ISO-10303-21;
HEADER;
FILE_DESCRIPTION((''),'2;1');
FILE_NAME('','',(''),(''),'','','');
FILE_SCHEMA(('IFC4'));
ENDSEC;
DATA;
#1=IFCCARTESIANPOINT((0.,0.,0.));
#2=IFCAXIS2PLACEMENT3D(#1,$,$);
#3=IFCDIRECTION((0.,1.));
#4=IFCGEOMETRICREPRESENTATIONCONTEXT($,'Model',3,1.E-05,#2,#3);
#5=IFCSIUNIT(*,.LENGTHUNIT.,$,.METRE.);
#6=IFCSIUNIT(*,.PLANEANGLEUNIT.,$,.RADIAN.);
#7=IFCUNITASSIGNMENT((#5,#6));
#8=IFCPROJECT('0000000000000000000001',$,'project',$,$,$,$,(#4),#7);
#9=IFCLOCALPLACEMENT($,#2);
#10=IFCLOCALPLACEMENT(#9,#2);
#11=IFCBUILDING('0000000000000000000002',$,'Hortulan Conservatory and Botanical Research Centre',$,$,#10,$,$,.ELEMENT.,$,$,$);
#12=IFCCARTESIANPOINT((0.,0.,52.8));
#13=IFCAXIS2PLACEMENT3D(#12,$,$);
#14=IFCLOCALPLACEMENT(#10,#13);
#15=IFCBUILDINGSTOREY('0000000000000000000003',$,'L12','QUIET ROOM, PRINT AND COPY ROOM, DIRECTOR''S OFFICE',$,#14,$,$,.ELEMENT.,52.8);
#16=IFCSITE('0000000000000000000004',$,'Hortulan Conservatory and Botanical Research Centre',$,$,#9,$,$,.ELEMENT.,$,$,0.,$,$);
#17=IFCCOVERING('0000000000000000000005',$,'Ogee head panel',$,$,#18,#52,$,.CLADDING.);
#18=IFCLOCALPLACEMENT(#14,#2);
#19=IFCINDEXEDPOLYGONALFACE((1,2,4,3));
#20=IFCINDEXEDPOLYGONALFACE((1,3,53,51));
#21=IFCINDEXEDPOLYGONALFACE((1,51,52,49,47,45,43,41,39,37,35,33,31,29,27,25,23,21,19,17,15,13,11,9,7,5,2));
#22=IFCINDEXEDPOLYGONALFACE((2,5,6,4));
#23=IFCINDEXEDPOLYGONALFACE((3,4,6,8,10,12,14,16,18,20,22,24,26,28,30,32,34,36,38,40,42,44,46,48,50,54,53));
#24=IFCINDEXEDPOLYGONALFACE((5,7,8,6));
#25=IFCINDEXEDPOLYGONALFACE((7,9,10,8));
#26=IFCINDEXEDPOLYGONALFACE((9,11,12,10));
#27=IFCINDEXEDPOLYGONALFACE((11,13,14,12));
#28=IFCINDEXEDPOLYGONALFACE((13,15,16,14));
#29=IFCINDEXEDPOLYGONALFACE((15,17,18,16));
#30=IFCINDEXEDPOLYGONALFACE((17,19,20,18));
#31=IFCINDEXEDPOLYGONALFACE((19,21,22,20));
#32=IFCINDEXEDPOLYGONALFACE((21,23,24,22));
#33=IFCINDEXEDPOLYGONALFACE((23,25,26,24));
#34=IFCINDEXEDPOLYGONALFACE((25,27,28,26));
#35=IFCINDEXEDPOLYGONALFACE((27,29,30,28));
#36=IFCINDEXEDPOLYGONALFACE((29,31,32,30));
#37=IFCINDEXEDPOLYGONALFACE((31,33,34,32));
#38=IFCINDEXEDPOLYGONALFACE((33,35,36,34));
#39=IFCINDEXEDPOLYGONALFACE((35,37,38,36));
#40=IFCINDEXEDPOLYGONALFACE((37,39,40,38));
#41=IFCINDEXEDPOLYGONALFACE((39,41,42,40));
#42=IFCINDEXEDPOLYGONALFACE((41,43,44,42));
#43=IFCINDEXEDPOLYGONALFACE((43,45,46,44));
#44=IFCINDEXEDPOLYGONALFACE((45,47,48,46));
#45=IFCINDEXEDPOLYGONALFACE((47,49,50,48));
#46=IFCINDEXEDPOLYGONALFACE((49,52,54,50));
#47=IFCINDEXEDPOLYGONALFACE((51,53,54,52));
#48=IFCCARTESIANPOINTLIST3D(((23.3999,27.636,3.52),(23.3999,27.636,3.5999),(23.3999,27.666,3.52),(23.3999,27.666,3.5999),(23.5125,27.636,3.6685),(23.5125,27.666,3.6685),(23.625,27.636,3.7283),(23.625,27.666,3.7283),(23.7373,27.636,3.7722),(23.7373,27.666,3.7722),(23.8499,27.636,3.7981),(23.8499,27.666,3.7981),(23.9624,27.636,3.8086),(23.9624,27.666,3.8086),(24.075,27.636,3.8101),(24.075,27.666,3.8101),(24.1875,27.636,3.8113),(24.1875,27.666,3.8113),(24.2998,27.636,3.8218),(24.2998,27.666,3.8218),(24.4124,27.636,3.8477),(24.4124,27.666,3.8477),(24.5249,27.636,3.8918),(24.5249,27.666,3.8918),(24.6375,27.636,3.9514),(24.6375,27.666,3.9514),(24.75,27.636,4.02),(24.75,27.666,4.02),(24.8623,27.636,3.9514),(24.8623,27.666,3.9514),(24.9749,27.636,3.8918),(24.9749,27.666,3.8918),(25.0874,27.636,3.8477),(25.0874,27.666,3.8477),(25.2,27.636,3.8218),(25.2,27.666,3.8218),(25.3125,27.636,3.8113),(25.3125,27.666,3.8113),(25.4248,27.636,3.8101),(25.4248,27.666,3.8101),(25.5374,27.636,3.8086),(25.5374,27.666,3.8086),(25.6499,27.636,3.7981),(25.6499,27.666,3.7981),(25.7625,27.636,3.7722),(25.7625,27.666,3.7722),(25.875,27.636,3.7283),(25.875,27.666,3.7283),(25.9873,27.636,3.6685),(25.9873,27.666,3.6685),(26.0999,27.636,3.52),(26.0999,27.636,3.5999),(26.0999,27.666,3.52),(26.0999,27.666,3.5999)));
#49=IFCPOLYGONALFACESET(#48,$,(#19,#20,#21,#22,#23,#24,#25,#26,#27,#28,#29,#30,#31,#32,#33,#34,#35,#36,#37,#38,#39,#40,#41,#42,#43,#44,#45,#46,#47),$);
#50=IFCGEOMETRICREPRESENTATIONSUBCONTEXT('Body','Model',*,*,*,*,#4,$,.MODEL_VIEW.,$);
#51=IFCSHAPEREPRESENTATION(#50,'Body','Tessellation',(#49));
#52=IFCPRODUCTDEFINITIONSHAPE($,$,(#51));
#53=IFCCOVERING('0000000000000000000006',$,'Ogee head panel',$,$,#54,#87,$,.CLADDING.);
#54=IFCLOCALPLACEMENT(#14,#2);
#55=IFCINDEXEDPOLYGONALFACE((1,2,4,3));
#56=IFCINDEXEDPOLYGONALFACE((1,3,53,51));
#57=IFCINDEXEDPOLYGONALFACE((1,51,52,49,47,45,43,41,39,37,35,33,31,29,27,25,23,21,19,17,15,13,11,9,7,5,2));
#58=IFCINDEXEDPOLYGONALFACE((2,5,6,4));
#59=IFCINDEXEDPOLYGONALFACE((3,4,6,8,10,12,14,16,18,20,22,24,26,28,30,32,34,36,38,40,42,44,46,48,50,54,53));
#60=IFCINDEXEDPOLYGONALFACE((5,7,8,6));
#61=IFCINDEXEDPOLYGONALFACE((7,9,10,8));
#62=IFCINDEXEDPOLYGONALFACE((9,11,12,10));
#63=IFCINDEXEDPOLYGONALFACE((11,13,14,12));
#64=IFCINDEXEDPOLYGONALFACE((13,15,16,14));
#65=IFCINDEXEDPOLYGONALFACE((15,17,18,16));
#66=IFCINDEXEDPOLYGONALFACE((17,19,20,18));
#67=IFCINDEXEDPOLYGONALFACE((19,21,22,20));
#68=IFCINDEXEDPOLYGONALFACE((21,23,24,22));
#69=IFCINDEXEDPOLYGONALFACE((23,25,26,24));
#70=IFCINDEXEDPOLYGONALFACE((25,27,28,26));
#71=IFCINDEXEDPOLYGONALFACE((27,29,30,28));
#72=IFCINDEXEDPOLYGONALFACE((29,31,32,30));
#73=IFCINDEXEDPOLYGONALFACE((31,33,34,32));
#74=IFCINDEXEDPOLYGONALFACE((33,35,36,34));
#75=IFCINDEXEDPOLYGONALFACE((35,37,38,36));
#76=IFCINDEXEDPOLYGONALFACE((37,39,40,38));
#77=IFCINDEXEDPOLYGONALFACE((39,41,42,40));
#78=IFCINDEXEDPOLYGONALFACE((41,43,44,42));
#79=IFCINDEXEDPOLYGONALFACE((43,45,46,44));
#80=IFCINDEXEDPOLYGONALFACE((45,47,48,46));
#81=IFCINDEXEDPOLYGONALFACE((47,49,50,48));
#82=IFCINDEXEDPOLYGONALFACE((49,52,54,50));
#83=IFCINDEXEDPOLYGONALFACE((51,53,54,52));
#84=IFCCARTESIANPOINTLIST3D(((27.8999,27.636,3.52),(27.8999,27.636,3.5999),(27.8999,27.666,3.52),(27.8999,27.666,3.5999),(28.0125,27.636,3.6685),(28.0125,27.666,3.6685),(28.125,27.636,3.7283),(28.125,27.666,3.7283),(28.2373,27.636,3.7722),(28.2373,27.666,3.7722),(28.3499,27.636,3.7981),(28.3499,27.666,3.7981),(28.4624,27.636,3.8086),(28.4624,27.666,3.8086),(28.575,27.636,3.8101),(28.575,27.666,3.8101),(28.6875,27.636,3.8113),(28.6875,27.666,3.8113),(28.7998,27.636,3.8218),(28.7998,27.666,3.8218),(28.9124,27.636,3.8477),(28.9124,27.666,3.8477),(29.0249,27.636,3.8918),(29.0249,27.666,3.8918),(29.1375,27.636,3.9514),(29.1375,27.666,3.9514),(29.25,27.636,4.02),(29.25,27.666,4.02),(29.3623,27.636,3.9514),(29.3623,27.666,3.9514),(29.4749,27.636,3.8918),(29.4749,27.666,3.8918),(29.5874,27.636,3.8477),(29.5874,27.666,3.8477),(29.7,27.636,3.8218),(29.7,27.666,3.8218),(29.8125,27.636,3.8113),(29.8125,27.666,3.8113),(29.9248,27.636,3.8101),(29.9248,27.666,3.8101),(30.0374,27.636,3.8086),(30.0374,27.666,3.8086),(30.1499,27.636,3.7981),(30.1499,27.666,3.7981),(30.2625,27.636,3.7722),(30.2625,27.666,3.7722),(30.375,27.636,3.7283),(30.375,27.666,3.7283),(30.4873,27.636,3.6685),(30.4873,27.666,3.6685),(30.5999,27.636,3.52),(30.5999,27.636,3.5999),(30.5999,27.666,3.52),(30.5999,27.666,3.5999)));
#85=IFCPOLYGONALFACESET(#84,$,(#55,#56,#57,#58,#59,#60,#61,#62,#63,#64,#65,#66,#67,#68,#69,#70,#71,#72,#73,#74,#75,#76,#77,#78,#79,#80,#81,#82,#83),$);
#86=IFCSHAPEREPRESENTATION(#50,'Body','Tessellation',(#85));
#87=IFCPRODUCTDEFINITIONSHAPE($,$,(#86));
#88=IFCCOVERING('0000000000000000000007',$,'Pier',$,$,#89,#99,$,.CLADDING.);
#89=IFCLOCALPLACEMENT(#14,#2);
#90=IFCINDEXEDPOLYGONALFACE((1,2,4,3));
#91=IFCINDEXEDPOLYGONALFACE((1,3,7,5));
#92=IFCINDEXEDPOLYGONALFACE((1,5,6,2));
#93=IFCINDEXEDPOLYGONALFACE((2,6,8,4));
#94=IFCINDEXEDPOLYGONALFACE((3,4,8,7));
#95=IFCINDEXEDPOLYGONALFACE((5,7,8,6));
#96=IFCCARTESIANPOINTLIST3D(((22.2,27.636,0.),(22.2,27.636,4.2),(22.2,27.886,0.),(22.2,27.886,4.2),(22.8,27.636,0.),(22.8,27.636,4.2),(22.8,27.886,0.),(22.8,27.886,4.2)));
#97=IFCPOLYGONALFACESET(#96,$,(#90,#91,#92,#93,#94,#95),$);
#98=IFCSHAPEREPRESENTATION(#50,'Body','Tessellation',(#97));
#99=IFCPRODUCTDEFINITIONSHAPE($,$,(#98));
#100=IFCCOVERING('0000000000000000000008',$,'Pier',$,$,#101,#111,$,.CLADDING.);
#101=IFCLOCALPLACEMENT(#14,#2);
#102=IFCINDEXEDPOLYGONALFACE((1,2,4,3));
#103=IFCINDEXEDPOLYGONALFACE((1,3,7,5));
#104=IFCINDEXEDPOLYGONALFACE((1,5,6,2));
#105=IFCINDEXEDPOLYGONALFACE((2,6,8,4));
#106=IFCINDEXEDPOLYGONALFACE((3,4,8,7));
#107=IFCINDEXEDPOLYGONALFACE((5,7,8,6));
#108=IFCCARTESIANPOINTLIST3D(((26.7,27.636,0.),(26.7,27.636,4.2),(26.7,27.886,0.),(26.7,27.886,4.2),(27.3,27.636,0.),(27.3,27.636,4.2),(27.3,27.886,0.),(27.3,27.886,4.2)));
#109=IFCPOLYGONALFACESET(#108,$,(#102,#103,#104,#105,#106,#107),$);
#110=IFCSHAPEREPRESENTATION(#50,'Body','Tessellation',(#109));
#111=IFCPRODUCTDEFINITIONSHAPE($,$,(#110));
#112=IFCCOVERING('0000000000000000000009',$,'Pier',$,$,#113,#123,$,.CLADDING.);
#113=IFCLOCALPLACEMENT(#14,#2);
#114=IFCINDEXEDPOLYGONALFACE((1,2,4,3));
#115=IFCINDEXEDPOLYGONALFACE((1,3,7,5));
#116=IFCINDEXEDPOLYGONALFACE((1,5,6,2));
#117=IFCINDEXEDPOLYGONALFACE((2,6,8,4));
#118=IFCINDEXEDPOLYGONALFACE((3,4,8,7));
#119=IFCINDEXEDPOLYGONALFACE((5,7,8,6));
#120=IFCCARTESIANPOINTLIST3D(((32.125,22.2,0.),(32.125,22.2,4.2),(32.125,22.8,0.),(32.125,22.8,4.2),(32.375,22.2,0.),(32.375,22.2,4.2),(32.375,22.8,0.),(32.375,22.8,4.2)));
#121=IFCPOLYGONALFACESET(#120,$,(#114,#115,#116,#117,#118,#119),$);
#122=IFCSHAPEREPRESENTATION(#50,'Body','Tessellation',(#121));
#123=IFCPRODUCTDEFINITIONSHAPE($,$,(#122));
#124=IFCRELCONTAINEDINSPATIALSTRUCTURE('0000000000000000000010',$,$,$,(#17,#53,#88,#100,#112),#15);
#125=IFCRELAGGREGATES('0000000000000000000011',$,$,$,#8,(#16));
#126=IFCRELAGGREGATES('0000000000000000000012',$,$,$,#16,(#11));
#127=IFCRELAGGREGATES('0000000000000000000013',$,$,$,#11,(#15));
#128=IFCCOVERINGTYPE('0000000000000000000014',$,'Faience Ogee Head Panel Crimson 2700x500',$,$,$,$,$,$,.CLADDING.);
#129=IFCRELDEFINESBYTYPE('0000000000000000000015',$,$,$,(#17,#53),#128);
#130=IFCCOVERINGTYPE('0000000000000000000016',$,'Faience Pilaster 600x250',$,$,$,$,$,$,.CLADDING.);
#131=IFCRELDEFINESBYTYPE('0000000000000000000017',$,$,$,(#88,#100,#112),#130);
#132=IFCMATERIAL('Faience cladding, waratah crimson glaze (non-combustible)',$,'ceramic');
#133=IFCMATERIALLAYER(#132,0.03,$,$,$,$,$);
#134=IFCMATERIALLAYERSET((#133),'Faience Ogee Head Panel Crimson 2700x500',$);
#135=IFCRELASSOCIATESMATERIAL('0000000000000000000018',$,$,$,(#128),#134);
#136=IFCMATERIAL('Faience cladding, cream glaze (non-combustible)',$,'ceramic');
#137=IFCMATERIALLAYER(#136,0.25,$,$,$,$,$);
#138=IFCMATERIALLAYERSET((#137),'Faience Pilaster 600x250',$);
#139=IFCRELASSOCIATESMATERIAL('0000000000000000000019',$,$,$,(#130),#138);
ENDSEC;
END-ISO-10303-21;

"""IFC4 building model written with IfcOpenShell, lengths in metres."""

from ifc_helpers import new_model, si_unit, direction, frame, origin, origin_2d, place, context, subcontext, project, spatial, polyline, rectangle, outline, extrude, material, layer, layer_set, type_object, element, save


model = new_model("IFC4")

# Units and contexts
model_context = context("Model", 3, precision=1e-05, world=origin(), true_north=direction((0.0, 1.0)))
body_context = subcontext(model_context, "Body", "Model", "MODEL_VIEW")
ifc_project = project(units=[si_unit("LENGTHUNIT", "METRE"), si_unit("PLANEANGLEUNIT", "RADIAN")], contexts=[model_context])

# Site, building, storey
site_placement = place(None, origin())
site = spatial("IfcSite", under=ifc_project, at=site_placement, Name="Hortulan Conservatory and Botanical Research Centre", CompositionType="ELEMENT", RefElevation=0.0)
building_placement = place(site_placement, origin())
building = spatial("IfcBuilding", under=site, at=building_placement, Name="Hortulan Conservatory and Botanical Research Centre", CompositionType="ELEMENT")
storey_placement = place(building_placement, frame((0.0, 0.0, 52.8)))
storey = spatial("IfcBuildingStorey", under=building, at=storey_placement, Name="L12", Description="QUIET ROOM, PRINT AND COPY ROOM, DIRECTOR'S OFFICE", CompositionType="ELEMENT", Elevation=52.8)

# Coverings
ifc_material_1 = material(Name="Faience cladding, waratah crimson glaze (non-combustible)", Category="ceramic")
ifc_layer_1 = layer(ifc_material_1, 0.03)
ifc_layer_set_1 = layer_set([ifc_layer_1], Name="Faience Ogee Head Panel Crimson 2700x500")
covering_type_1 = type_object("IfcCoveringType", Name="Faience Ogee Head Panel Crimson 2700x500", PredefinedType="CLADDING", material=ifc_layer_set_1)
for number, where, z_axis, x_axis, name in (
    (1, (23.3999, 27.6509, 3.52), (0.0, 0.0, 1.0), (1.0, 0.0, 0.0), "Ogee head panel"),
    (2, (27.8999, 27.6509, 3.52), (0.0, 0.0, 1.0), (1.0, 0.0, 0.0), "Ogee head panel"),
):
    element("IfcCovering", number, at=place(storey_placement, frame(where, z_axis=z_axis, x_axis=x_axis)), inside=storey, type_object=covering_type_1, Name=name, PredefinedType="CLADDING", context=body_context, shape_type="SweptSolid", body=[
        extrude(outline(polyline([(0.0, 0.0), (2.7, 0.0), (2.7, 0.0798), (2.5874, 0.1484), (2.4751, 0.2083), (2.3625, 0.2522), (2.25, 0.2781), (2.1375, 0.2886), (2.0249, 0.29), (1.9126, 0.2913), (1.8, 0.3018), (1.6875, 0.3276), (1.575, 0.3718), (1.4624, 0.4314), (1.3501, 0.5), (1.2375, 0.4314), (1.125, 0.3718), (1.0125, 0.3276), (0.8999, 0.3018), (0.7876, 0.2913), (0.675, 0.29), (0.5625, 0.2886), (0.45, 0.2781), (0.3374, 0.2522), (0.2251, 0.2083), (0.1125, 0.1484), (0.0, 0.0798), (0.0, 0.0)])), frame((0.0, 0.0151, 0.0), z_axis=(0.0, -1.0, 0.0), x_axis=(1.0, 0.0, 0.0)), (0.0, 0.0, 1.0), 0.03),
    ])
ifc_material_2 = material(Name="Faience cladding, cream glaze (non-combustible)", Category="ceramic")
ifc_layer_2 = layer(ifc_material_2, 0.25)
ifc_layer_set_2 = layer_set([ifc_layer_2], Name="Faience Pilaster 600x250")
covering_type_2 = type_object("IfcCoveringType", Name="Faience Pilaster 600x250", PredefinedType="CLADDING", material=ifc_layer_set_2)
for number, where, z_axis, x_axis, name in (
    (3, (22.5, 27.761, 0.0), (0.0, 0.0, 1.0), (1.0, 0.0, 0.0), "Pier"),
    (4, (27.0, 27.761, 0.0), (0.0, 0.0, 1.0), (1.0, 0.0, 0.0), "Pier"),
    (5, (32.25, 22.5, 0.0), (0.0, 0.0, 1.0), (0.0, 1.0, 0.0), "Pier"),
):
    element("IfcCovering", number, at=place(storey_placement, frame(where, z_axis=z_axis, x_axis=x_axis)), inside=storey, type_object=covering_type_2, Name=name, PredefinedType="CLADDING", context=body_context, shape_type="SweptSolid", body=[
        extrude(rectangle(XDim=0.6001, YDim=0.25, at=origin_2d()), origin(), (0.0, 0.0, 1.0), 4.2),
    ])

save(model, "model.ifc")
